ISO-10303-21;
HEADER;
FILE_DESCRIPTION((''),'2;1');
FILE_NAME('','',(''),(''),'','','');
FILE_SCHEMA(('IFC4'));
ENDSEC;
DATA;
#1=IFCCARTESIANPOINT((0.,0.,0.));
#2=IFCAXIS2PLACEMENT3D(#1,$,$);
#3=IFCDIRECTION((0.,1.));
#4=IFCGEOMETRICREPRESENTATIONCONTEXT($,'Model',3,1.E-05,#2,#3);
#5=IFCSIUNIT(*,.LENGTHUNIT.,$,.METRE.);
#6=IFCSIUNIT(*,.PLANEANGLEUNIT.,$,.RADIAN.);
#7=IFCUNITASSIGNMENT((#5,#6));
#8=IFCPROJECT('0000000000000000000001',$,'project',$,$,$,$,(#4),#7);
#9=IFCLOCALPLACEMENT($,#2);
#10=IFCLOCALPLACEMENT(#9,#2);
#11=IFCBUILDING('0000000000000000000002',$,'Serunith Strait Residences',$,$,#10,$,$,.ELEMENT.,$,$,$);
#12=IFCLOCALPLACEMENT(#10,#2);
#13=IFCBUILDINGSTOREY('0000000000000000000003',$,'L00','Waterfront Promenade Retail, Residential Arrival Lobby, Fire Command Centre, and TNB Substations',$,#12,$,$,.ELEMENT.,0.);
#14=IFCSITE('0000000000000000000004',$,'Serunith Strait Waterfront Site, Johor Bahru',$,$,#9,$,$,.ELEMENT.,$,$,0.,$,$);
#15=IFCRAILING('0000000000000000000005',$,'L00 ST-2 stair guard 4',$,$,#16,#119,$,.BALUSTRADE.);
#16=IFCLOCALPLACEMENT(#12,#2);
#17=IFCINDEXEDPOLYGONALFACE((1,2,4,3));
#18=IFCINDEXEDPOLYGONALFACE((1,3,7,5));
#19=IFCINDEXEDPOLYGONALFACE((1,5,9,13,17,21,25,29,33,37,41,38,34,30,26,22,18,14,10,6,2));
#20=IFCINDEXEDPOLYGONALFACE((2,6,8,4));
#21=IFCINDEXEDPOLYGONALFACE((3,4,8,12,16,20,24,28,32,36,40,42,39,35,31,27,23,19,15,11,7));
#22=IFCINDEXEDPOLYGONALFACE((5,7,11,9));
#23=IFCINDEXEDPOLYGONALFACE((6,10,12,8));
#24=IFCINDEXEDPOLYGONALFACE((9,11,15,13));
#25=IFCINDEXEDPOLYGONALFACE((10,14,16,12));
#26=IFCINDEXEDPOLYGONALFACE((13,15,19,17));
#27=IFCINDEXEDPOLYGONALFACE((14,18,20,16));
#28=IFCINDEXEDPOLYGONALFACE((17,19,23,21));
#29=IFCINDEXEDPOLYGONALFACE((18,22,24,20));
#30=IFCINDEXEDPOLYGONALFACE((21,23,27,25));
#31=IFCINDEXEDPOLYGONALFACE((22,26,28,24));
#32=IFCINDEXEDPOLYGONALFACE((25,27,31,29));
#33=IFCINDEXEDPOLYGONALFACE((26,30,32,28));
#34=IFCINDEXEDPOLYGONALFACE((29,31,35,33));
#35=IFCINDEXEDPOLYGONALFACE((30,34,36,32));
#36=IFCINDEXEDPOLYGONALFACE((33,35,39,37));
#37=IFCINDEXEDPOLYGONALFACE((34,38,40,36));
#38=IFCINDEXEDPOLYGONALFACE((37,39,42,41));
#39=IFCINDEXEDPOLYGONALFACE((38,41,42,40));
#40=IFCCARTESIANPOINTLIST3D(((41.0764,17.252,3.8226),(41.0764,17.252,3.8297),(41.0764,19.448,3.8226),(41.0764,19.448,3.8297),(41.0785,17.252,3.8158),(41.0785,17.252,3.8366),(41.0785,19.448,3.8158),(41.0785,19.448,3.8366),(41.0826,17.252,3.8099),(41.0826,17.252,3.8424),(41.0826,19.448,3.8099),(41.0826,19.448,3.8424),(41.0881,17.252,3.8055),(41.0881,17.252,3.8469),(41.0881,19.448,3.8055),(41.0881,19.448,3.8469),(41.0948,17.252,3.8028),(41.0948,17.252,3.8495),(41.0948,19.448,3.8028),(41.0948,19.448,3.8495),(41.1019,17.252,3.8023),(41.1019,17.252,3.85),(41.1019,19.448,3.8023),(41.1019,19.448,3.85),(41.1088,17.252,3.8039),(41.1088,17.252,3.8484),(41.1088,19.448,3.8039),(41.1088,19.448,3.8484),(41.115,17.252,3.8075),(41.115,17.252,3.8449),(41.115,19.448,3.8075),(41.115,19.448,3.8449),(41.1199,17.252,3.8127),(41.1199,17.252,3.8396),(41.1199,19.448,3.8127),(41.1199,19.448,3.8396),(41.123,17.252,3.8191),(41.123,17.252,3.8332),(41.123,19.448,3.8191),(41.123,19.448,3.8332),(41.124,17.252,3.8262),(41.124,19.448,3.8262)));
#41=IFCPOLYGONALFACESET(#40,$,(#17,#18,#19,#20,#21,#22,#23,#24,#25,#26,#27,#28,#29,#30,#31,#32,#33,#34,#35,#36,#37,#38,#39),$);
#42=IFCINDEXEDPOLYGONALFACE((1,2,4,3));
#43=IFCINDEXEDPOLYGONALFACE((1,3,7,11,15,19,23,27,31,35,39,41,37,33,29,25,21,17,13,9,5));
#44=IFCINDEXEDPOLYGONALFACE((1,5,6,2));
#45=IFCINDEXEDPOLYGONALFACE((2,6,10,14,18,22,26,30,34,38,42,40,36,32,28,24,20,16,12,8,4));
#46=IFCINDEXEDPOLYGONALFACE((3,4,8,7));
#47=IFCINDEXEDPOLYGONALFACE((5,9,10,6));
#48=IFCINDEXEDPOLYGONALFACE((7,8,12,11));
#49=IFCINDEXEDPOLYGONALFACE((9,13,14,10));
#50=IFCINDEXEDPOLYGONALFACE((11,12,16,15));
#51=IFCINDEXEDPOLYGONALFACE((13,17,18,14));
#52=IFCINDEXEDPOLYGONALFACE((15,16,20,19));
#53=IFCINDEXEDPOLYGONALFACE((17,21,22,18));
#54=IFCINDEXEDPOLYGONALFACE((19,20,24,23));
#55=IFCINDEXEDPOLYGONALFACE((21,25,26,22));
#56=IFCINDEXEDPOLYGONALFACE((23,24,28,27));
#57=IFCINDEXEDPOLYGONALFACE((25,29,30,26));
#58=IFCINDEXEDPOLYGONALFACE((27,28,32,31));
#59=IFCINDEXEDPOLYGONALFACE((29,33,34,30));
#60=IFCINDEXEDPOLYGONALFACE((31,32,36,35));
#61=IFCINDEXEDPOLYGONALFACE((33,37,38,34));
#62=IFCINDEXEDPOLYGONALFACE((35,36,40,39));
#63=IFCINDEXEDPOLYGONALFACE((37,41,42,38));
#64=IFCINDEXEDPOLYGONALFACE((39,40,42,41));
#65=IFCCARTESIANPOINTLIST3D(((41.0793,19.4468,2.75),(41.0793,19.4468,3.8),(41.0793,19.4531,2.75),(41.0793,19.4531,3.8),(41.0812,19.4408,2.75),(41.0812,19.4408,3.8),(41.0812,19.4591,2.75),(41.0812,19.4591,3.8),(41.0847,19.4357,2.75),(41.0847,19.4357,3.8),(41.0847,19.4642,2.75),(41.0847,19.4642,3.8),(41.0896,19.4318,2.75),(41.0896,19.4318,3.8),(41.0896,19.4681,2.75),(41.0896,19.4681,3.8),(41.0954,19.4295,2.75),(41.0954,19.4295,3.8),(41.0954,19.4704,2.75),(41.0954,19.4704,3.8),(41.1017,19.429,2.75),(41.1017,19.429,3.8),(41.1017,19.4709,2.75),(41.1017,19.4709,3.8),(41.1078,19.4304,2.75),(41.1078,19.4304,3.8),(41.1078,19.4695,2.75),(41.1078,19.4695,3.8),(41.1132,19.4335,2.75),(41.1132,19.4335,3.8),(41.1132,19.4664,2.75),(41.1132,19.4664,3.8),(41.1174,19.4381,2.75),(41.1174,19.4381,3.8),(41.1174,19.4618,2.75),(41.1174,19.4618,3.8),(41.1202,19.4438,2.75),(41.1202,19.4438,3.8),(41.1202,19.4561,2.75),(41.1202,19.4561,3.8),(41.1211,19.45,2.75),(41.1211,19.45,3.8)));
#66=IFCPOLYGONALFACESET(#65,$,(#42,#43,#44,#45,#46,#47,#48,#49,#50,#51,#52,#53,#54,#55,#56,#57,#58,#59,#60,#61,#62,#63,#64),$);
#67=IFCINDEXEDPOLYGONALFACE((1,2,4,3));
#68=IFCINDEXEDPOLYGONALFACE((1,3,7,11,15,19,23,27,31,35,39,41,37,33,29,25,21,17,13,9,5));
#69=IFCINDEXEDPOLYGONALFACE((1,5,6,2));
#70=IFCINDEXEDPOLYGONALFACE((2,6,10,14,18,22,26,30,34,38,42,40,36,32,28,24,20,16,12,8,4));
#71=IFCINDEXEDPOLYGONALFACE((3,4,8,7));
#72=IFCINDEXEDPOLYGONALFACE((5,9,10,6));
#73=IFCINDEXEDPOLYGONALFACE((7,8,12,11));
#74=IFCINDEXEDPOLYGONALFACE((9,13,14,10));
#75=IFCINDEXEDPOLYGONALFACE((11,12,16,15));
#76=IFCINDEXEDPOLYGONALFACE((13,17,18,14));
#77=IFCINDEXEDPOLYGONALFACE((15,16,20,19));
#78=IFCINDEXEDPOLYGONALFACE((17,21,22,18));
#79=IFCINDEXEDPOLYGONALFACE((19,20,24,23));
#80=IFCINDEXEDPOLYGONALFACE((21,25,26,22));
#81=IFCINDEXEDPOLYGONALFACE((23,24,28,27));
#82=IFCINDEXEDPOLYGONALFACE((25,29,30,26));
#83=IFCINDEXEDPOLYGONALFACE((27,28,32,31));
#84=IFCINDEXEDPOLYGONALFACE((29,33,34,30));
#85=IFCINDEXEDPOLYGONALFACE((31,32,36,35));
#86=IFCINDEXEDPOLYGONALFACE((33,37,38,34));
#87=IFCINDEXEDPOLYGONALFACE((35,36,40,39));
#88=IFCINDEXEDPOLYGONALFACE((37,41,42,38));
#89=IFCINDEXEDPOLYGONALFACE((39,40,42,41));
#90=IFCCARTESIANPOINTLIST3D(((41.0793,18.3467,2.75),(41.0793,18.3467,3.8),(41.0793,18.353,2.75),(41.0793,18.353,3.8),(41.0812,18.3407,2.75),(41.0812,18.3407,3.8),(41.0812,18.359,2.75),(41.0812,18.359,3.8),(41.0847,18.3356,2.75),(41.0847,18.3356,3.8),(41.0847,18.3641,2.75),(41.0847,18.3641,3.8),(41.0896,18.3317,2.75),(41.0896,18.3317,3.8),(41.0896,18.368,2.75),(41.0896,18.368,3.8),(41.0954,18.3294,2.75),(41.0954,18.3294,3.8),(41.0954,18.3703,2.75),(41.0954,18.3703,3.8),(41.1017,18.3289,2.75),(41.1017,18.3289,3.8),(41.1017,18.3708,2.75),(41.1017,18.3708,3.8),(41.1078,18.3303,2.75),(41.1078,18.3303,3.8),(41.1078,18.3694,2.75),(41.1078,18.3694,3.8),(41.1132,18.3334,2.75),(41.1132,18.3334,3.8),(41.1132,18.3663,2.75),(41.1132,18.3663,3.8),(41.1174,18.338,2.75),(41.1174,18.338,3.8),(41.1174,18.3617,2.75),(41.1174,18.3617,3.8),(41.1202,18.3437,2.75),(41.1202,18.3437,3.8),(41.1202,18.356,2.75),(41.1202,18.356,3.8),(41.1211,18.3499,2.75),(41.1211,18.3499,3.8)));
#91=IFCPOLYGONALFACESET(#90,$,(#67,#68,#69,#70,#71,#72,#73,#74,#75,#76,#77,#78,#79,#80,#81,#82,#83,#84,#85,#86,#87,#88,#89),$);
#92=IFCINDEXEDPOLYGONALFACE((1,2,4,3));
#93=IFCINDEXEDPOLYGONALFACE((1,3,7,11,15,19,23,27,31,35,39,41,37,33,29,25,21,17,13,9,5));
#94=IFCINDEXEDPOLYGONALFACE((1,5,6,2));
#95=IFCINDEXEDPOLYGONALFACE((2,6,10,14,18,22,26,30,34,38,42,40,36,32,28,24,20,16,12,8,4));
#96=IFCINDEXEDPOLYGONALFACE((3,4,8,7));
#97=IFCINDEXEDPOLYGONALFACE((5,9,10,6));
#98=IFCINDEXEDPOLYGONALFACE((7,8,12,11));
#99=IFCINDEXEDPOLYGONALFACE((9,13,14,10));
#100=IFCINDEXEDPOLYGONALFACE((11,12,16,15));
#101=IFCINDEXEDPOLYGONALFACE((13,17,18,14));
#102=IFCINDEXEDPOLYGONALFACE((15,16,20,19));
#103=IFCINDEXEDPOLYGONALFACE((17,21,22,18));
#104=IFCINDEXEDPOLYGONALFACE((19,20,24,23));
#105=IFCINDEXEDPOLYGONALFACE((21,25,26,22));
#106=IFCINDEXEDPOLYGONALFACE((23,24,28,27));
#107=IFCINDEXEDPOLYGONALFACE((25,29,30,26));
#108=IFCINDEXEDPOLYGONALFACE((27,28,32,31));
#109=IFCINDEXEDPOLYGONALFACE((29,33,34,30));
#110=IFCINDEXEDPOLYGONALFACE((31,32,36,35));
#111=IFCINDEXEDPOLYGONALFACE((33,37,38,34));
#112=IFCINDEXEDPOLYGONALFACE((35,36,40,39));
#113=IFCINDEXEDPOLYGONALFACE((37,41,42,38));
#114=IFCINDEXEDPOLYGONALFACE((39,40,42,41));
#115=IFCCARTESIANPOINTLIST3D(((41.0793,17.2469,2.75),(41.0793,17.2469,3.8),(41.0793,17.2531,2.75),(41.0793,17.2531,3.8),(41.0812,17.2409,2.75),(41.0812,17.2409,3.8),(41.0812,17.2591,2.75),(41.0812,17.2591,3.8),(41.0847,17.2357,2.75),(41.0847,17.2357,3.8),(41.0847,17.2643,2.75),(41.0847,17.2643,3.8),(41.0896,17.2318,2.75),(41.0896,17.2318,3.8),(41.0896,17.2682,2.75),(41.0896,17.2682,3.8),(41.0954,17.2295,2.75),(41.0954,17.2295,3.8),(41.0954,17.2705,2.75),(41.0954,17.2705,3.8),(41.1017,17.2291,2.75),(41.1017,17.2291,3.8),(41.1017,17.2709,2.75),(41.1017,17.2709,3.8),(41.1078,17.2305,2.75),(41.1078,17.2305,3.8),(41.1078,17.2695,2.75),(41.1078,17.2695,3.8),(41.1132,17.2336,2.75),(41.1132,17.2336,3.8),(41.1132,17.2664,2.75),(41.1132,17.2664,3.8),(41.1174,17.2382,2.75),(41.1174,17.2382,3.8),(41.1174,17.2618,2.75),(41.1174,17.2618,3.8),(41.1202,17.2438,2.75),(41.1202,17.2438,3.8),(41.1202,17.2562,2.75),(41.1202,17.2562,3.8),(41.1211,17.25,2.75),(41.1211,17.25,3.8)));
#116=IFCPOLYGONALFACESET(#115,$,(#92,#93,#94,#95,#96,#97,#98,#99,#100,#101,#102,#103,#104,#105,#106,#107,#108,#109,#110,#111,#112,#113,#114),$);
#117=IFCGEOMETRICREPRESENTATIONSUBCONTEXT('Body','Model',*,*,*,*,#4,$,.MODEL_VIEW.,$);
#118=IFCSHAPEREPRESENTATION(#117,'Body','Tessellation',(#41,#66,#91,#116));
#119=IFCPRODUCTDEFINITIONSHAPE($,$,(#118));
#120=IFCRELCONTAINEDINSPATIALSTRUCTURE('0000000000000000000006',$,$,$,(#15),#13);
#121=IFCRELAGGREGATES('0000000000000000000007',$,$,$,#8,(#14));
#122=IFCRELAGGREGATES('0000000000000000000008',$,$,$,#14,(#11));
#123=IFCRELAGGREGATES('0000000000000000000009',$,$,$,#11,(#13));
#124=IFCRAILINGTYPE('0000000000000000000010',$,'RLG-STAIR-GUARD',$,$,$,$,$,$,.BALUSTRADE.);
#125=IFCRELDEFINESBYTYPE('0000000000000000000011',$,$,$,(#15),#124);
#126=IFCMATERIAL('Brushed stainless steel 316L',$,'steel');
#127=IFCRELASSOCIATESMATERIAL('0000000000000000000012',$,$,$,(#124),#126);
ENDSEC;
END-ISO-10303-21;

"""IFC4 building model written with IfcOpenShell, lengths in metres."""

from ifc_helpers import new_model, si_unit, direction, frame, origin, origin_2d, place, context, subcontext, project, spatial, circle, extrude, material, type_object, element, save


model = new_model("IFC4")

# Units and contexts
model_context = context("Model", 3, precision=1e-05, world=origin(), true_north=direction((0.0, 1.0)))
body_context = subcontext(model_context, "Body", "Model", "MODEL_VIEW")
ifc_project = project(units=[si_unit("LENGTHUNIT", "METRE"), si_unit("PLANEANGLEUNIT", "RADIAN")], contexts=[model_context])

# Site, building, storey
site_placement = place(None, origin())
site = spatial("IfcSite", under=ifc_project, at=site_placement, Name="Serunith Strait Waterfront Site, Johor Bahru", CompositionType="ELEMENT", RefElevation=0.0)
building_placement = place(site_placement, origin())
building = spatial("IfcBuilding", under=site, at=building_placement, Name="Serunith Strait Residences", CompositionType="ELEMENT")
storey_placement = place(building_placement, origin())
storey = spatial("IfcBuildingStorey", under=building, at=storey_placement, Name="L00", Description="Waterfront Promenade Retail, Residential Arrival Lobby, Fire Command Centre, and TNB Substations", CompositionType="ELEMENT", Elevation=0.0)

# Railing
ifc_material_1 = material(Name="Brushed stainless steel 316L", Category="steel")
railing_type_1 = type_object("IfcRailingType", Name="RLG-STAIR-GUARD", PredefinedType="BALUSTRADE", material=ifc_material_1)
railing_1_placement = place(storey_placement, frame((41.1001, 19.45, 2.75)))
element("IfcRailing", 1, at=railing_1_placement, inside=storey, type_object=railing_type_1, Name="L00 ST-2 stair guard 4", PredefinedType="BALUSTRADE", context=body_context, shape_type="SweptSolid", body=[
    extrude(circle(Radius=0.0239, at=origin_2d()), frame((0.0, -0.002, 1.0762), z_axis=(0.0, -1.0, 0.0), x_axis=(1.0, 0.0, 0.0)), (0.0, 0.0, 1.0), 2.196),
    extrude(circle(Radius=0.021, at=origin_2d()), origin(), (0.0, 0.0, 1.0), 1.05),
    extrude(circle(Radius=0.021, at=origin_2d()), frame((0.0, -1.1001, 0.0)), (0.0, 0.0, 1.0), 1.05),
    extrude(circle(Radius=0.021, at=origin_2d()), frame((0.0, -2.2, 0.0)), (0.0, 0.0, 1.0), 1.05),
])

save(model, "model.ifc")
